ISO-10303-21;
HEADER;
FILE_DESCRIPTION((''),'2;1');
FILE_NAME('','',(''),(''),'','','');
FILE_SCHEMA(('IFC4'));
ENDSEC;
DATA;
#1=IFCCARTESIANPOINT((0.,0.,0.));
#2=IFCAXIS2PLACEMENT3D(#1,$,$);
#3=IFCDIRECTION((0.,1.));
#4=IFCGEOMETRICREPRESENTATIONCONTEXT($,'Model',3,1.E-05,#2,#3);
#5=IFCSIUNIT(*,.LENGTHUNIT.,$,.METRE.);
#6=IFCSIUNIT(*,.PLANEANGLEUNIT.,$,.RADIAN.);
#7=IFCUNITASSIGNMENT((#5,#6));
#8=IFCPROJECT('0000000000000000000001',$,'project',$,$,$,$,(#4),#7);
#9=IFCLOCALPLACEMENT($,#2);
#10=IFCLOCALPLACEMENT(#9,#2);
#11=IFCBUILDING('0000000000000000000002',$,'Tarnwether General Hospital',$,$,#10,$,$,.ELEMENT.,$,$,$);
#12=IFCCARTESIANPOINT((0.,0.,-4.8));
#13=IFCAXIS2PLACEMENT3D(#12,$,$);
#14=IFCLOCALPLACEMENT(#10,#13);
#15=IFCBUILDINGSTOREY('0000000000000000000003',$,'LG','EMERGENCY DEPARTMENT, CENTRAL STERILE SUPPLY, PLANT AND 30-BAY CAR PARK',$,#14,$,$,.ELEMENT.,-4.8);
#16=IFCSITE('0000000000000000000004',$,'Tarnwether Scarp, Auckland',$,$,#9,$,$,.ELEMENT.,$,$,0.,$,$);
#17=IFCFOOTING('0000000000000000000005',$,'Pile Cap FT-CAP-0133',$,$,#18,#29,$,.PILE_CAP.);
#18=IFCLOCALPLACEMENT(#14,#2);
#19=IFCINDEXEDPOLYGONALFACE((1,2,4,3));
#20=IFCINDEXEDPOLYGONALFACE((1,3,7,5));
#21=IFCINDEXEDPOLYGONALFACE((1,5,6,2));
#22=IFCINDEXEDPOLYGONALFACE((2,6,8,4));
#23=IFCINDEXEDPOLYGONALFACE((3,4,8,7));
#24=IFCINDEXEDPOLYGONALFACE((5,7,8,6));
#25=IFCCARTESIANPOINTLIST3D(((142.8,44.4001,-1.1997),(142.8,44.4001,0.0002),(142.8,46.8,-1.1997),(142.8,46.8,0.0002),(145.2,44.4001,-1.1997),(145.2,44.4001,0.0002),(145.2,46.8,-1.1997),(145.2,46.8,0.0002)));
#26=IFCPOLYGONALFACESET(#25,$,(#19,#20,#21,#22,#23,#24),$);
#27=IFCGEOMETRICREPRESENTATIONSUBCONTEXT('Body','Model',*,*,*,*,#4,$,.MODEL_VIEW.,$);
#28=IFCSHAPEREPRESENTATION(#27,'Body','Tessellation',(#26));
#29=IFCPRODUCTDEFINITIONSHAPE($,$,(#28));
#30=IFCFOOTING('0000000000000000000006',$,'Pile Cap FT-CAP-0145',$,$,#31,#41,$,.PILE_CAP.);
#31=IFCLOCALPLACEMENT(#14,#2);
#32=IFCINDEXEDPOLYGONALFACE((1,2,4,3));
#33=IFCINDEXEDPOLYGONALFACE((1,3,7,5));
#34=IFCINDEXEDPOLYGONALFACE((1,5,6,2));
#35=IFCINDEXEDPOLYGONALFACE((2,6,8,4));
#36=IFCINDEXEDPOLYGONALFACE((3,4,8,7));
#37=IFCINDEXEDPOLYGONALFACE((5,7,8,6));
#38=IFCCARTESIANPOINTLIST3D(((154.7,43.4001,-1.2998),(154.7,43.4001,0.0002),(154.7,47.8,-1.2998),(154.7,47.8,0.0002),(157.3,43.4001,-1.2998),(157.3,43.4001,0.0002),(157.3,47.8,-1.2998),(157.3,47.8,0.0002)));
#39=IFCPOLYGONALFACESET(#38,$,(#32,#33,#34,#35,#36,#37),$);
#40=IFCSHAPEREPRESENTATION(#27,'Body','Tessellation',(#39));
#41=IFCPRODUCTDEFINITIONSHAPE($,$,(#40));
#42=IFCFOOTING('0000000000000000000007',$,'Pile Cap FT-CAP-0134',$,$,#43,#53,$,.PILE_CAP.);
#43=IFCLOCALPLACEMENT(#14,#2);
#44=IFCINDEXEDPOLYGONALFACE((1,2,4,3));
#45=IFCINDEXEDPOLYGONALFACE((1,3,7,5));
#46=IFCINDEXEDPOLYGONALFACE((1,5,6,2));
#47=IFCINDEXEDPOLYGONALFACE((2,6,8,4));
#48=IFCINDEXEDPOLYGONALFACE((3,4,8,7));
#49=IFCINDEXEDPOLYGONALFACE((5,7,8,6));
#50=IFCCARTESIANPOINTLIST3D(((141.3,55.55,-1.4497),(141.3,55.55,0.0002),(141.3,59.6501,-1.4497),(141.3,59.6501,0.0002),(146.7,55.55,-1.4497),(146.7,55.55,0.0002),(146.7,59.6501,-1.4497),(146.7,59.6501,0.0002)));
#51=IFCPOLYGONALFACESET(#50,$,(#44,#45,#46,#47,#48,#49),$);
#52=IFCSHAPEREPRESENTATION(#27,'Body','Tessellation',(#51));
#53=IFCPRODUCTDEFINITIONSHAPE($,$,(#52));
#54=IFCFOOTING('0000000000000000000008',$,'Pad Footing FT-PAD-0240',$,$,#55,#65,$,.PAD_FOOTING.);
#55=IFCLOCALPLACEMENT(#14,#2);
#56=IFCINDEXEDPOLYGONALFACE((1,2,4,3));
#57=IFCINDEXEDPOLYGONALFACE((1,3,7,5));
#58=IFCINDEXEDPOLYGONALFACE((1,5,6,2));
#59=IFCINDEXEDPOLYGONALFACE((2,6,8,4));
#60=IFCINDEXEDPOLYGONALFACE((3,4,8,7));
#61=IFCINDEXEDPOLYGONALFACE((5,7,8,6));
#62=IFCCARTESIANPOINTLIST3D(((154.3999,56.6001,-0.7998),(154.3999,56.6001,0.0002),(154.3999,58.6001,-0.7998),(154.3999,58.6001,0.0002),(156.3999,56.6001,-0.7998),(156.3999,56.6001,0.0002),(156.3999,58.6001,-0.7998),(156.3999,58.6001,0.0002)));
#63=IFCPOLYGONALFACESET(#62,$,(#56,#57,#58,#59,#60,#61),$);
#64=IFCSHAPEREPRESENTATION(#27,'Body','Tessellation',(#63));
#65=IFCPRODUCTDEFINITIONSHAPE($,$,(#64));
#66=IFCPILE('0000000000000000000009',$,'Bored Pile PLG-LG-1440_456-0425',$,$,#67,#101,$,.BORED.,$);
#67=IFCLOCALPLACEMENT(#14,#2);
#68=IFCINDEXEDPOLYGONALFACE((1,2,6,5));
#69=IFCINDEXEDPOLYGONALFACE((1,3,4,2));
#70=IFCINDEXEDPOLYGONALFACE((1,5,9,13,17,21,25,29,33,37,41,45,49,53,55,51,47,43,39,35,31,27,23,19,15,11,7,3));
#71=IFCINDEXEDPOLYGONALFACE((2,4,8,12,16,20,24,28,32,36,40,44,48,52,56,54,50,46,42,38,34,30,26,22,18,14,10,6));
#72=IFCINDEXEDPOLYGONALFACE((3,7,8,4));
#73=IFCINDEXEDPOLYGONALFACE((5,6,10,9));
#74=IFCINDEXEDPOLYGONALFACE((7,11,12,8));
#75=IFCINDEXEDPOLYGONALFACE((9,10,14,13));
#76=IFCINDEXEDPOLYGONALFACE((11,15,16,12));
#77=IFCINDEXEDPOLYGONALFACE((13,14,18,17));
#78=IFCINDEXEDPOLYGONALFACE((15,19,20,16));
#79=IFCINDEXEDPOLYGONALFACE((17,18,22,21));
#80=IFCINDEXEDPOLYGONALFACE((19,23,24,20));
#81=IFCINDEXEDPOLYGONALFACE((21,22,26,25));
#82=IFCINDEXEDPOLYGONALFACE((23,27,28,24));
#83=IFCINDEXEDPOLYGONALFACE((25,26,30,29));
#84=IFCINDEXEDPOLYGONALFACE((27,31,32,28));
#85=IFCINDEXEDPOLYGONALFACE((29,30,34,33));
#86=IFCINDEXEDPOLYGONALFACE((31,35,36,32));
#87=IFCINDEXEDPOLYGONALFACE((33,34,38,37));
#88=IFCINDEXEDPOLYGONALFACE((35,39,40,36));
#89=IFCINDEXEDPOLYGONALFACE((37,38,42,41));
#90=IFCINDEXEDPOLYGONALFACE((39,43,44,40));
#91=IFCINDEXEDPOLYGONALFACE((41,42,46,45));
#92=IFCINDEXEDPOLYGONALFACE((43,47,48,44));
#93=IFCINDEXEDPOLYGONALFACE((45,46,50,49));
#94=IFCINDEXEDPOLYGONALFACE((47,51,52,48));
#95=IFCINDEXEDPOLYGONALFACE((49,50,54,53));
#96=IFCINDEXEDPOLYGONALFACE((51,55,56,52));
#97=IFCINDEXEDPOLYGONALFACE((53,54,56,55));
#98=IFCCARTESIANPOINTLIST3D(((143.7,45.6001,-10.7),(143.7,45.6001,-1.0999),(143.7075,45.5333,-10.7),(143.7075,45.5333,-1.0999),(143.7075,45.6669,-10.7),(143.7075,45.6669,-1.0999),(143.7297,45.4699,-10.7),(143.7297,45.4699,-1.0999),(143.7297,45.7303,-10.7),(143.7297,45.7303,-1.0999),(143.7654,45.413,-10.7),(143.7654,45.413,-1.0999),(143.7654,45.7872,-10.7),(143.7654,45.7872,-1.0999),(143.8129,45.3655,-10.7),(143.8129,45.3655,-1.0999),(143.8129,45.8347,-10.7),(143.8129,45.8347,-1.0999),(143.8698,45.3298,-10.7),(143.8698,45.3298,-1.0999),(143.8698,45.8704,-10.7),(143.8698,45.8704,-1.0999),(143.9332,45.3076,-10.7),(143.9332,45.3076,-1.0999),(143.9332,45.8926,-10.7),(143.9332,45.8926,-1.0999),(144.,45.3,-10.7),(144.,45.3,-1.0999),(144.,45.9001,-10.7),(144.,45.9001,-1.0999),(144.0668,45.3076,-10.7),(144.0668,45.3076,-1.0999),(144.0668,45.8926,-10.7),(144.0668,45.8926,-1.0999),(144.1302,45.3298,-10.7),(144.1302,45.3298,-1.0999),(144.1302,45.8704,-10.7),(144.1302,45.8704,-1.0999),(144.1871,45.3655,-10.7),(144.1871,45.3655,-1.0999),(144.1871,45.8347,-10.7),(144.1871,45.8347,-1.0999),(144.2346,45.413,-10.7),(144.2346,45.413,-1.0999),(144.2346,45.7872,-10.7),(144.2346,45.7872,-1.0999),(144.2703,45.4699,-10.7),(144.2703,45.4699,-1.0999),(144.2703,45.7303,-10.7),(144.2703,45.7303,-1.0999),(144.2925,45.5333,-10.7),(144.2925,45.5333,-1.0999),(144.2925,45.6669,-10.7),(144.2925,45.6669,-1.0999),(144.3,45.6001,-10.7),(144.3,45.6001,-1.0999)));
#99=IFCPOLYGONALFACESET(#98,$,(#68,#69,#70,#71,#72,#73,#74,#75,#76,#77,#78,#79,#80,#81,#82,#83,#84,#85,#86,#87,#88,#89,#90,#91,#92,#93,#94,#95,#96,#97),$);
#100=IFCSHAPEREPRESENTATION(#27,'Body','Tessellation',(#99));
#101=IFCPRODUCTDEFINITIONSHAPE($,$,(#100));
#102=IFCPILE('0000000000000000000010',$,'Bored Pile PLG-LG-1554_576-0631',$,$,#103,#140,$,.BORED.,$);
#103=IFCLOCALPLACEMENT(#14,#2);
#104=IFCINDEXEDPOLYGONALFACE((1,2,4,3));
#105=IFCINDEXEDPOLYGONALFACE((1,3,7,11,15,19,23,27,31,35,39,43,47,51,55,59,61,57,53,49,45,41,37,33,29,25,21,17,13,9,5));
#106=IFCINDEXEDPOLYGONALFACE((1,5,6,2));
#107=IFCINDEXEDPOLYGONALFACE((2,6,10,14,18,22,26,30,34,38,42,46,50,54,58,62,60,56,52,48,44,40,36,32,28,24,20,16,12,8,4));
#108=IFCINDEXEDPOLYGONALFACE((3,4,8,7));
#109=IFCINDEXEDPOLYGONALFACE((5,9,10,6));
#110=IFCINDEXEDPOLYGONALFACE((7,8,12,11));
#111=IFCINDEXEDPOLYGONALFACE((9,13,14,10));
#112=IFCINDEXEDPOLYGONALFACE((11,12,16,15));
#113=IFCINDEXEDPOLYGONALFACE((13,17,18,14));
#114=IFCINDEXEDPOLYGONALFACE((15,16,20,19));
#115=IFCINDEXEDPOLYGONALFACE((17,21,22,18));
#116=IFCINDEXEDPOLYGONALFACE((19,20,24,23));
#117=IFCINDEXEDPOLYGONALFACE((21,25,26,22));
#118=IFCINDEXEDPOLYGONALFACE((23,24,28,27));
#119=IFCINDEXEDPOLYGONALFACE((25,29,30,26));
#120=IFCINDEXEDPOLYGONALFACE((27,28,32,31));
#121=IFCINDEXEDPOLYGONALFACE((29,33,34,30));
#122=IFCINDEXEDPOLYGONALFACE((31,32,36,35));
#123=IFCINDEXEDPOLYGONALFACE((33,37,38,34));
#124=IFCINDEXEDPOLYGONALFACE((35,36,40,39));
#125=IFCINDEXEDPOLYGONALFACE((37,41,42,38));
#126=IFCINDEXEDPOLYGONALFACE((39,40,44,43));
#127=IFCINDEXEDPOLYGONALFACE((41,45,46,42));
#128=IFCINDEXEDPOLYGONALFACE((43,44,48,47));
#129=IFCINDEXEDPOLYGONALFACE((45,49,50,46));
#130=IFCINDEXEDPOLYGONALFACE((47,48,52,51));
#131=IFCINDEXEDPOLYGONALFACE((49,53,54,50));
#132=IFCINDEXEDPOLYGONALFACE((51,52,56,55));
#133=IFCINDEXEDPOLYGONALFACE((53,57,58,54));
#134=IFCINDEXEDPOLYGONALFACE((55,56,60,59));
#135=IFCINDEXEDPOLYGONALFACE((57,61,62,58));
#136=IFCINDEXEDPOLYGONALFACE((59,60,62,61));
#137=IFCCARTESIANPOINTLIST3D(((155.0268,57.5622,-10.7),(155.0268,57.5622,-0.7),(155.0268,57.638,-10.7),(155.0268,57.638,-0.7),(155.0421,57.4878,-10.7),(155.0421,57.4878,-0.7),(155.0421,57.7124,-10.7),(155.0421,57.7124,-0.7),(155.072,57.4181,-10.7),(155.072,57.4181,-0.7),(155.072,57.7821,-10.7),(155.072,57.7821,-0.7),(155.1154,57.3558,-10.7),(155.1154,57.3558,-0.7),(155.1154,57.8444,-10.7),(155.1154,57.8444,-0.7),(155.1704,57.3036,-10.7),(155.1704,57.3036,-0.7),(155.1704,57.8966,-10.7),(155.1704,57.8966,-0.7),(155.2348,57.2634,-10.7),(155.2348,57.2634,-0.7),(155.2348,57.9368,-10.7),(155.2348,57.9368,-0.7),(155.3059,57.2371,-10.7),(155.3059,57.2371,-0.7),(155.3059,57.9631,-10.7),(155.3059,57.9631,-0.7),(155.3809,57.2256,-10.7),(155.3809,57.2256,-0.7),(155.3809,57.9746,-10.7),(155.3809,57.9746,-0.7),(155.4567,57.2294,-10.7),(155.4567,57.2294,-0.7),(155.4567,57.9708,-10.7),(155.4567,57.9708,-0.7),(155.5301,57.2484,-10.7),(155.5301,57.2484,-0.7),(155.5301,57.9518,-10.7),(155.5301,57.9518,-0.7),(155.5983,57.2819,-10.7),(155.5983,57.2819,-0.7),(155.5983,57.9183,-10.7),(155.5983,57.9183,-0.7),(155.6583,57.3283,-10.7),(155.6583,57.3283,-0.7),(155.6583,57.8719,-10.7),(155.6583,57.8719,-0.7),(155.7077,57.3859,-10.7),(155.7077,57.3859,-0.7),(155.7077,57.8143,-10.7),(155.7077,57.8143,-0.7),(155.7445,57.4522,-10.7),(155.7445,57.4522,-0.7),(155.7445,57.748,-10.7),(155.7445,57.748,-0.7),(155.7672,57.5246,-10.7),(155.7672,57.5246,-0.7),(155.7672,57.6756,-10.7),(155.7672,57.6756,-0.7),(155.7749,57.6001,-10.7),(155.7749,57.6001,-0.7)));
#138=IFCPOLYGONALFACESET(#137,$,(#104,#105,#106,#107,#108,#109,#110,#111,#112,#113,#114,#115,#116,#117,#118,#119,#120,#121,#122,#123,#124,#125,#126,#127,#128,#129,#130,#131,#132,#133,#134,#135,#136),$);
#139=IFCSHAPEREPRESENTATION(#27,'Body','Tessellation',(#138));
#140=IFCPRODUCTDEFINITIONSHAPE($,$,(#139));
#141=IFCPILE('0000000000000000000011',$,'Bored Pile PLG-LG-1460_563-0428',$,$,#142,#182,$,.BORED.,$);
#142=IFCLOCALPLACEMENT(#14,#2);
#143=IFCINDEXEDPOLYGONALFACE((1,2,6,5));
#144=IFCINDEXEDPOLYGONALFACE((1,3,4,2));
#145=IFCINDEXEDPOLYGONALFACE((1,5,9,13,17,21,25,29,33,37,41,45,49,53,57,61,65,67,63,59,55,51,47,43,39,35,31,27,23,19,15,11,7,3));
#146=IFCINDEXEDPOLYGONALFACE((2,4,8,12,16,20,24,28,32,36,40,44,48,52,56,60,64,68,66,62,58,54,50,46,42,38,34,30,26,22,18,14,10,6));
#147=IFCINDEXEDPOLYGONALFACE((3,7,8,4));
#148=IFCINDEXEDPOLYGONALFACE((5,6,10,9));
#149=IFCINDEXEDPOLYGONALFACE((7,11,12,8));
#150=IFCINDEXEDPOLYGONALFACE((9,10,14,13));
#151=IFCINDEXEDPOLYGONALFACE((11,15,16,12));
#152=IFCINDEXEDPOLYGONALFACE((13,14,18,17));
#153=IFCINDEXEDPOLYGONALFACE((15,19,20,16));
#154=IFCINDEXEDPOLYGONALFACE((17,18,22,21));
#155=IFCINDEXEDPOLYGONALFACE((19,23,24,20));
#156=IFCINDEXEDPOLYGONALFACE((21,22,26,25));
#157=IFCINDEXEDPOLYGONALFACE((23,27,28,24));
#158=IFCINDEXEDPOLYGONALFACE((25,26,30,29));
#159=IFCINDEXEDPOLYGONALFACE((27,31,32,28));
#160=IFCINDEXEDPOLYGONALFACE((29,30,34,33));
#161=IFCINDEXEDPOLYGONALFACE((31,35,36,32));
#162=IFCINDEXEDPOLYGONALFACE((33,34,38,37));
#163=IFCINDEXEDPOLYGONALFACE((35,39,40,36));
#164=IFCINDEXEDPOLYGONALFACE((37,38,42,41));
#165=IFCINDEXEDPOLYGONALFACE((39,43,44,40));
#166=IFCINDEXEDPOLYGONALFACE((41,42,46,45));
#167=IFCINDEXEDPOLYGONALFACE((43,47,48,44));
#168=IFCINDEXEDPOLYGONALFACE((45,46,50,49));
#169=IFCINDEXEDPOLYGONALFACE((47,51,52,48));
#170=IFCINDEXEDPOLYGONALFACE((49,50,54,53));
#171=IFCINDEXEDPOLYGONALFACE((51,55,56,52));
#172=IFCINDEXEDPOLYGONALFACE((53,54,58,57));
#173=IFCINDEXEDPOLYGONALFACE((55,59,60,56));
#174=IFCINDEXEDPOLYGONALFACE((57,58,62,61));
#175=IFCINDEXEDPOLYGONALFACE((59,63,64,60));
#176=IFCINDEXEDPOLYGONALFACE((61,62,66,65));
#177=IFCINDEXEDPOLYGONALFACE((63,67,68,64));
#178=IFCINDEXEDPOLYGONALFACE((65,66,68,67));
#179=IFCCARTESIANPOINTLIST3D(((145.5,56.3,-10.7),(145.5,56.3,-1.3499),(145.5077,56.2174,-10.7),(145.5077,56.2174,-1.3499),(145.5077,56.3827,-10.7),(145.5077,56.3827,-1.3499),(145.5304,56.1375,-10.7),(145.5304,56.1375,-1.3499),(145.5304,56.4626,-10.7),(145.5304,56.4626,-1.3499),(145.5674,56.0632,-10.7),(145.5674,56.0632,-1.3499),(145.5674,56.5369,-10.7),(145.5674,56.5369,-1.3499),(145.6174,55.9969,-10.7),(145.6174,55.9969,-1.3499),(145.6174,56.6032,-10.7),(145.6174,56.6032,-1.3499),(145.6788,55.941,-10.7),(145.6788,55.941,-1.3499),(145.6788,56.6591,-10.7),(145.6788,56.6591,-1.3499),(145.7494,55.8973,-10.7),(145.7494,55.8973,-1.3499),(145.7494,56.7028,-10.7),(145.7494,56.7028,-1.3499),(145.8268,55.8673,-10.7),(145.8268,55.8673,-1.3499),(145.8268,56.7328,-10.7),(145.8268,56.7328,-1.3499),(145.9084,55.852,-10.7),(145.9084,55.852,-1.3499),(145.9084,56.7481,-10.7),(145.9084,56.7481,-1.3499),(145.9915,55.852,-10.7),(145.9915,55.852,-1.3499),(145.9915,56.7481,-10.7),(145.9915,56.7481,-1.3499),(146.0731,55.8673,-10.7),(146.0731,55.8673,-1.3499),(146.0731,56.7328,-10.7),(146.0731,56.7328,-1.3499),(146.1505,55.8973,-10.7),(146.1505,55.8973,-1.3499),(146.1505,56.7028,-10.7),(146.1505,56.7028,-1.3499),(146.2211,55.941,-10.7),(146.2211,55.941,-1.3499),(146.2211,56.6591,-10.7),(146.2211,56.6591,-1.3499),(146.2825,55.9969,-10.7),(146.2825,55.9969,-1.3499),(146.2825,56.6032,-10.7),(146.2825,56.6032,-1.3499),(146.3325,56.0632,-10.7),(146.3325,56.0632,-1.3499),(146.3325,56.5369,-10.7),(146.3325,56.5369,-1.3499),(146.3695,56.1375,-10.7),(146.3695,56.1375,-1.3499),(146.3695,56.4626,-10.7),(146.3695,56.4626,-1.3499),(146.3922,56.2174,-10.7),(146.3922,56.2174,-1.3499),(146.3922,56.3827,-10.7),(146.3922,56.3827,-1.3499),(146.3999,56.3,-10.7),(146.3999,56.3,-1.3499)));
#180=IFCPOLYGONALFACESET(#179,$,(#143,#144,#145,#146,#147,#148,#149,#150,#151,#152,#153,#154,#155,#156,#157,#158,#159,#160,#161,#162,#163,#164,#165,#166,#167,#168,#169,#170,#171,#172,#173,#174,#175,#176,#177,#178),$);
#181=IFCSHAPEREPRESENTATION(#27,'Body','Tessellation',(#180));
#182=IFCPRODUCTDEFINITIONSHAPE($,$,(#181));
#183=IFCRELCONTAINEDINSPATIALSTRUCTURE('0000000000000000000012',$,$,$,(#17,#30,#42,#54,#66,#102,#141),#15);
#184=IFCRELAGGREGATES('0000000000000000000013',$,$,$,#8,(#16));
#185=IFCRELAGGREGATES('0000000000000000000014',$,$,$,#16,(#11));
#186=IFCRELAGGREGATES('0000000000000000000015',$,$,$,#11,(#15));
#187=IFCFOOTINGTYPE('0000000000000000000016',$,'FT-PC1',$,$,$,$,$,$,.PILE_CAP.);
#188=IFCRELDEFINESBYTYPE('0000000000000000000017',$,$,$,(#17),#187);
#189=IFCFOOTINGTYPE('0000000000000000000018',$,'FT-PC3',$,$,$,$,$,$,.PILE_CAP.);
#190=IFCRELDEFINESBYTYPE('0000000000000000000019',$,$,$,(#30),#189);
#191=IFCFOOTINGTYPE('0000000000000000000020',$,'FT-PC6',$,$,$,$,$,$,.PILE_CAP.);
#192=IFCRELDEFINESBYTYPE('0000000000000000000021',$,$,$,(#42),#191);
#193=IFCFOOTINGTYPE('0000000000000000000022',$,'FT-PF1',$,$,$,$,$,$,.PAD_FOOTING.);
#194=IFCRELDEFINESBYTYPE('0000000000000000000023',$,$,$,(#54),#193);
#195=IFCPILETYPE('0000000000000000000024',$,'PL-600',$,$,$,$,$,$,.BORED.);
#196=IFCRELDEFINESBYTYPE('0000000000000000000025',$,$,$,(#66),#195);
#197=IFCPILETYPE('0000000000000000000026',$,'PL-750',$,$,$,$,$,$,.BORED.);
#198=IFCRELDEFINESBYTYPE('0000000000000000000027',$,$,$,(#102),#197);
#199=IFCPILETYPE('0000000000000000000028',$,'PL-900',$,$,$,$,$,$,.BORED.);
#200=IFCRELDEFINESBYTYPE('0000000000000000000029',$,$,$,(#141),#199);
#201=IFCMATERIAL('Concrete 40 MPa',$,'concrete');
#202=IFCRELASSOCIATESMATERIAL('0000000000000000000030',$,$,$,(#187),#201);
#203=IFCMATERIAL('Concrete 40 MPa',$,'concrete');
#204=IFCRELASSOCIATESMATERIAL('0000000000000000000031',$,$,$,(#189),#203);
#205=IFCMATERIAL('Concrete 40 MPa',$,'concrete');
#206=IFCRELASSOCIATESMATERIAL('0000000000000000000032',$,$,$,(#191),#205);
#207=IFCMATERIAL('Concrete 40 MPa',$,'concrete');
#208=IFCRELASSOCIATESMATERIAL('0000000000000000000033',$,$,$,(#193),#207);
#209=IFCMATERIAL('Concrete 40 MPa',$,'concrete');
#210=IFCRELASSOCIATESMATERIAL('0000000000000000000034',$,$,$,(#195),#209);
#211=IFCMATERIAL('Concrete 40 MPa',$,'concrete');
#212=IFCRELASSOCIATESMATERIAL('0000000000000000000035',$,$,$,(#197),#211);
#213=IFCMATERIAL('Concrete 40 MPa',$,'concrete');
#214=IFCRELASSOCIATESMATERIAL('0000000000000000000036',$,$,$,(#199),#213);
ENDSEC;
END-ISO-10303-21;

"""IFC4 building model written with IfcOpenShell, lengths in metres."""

from ifc_helpers import new_model, si_unit, direction, frame, origin, origin_2d, place, context, subcontext, project, spatial, rectangle, circle, extrude, material, material_profile, profile_set, type_object, element, save


model = new_model("IFC4")

# Units and contexts
model_context = context("Model", 3, precision=1e-05, world=origin(), true_north=direction((0.0, 1.0)))
body_context = subcontext(model_context, "Body", "Model", "MODEL_VIEW")
ifc_project = project(units=[si_unit("LENGTHUNIT", "METRE"), si_unit("PLANEANGLEUNIT", "RADIAN")], contexts=[model_context])

# Site, building, storey
site_placement = place(None, origin())
site = spatial("IfcSite", under=ifc_project, at=site_placement, Name="Tarnwether Scarp, Auckland", CompositionType="ELEMENT", RefElevation=0.0)
building_placement = place(site_placement, origin())
building = spatial("IfcBuilding", under=site, at=building_placement, Name="Tarnwether General Hospital", CompositionType="ELEMENT")
storey_placement = place(building_placement, frame((0.0, 0.0, -4.8)))
storey = spatial("IfcBuildingStorey", under=building, at=storey_placement, Name="LG", Description="EMERGENCY DEPARTMENT, CENTRAL STERILE SUPPLY, PLANT AND 30-BAY CAR PARK", CompositionType="ELEMENT", Elevation=-4.8)

# Footings
ifc_material_1 = material(Name="Concrete 40 MPa", Category="concrete")
footing_type_1 = type_object("IfcFootingType", Name="FT-PC1", PredefinedType="PILE_CAP", material=ifc_material_1)
footing_1_placement = place(storey_placement, frame((144.0, 45.6001, -1.1997), z_axis=(0.0, 0.0, 1.0), x_axis=(1.0, 0.0, 0.0)))
element("IfcFooting", 1, at=footing_1_placement, inside=storey, type_object=footing_type_1, Name="Pile Cap FT-CAP-0133", PredefinedType="PILE_CAP", context=body_context, shape_type="SweptSolid", body=[
    extrude(rectangle(XDim=2.3999, YDim=2.3999, at=origin_2d()), origin(), (0.0, 0.0, 1.0), 1.2),
])
ifc_material_2 = material(Name="Concrete 40 MPa", Category="concrete")
footing_type_2 = type_object("IfcFootingType", Name="FT-PC3", PredefinedType="PILE_CAP", material=ifc_material_2)
footing_2_placement = place(storey_placement, frame((156.0, 45.6001, -1.2998), z_axis=(0.0, 0.0, 1.0), x_axis=(0.0, 1.0, 0.0)))
element("IfcFooting", 2, at=footing_2_placement, inside=storey, type_object=footing_type_2, Name="Pile Cap FT-CAP-0145", PredefinedType="PILE_CAP", context=body_context, shape_type="SweptSolid", body=[
    extrude(rectangle(XDim=4.3999, YDim=2.6001, at=origin_2d()), origin(), (0.0, 0.0, 1.0), 1.3),
])
ifc_material_3 = material(Name="Concrete 40 MPa", Category="concrete")
footing_type_3 = type_object("IfcFootingType", Name="FT-PC6", PredefinedType="PILE_CAP", material=ifc_material_3)
footing_3_placement = place(storey_placement, frame((144.0, 57.6001, -1.4497), z_axis=(0.0, 0.0, 1.0), x_axis=(1.0, 0.0, 0.0)))
element("IfcFooting", 3, at=footing_3_placement, inside=storey, type_object=footing_type_3, Name="Pile Cap FT-CAP-0134", PredefinedType="PILE_CAP", context=body_context, shape_type="SweptSolid", body=[
    extrude(rectangle(XDim=5.3999, YDim=4.1001, at=origin_2d()), origin(), (0.0, 0.0, 1.0), 1.45),
])
ifc_material_4 = material(Name="Concrete 40 MPa", Category="concrete")
footing_type_4 = type_object("IfcFootingType", Name="FT-PF1", PredefinedType="PAD_FOOTING", material=ifc_material_4)
footing_4_placement = place(storey_placement, frame((155.3999, 57.6001, -0.7998), z_axis=(0.0, 0.0, 1.0), x_axis=(1.0, 0.0, 0.0)))
element("IfcFooting", 4, at=footing_4_placement, inside=storey, type_object=footing_type_4, Name="Pad Footing FT-PAD-0240", PredefinedType="PAD_FOOTING", context=body_context, shape_type="SweptSolid", body=[
    extrude(rectangle(XDim=2.0, YDim=2.0, at=origin_2d()), origin(), (0.0, 0.0, 1.0), 0.8),
])

# Piles
ifc_material_5 = material(Name="Concrete 40 MPa", Category="concrete")
ifc_material_profile_1 = material_profile(ifc_material_5, circle(Radius=0.3, at=origin_2d()), Name="PILE-D600")
ifc_profile_set_1 = profile_set([ifc_material_profile_1], Name="Concrete 40 MPa")
pile_type_1 = type_object("IfcPileType", Name="PL-600", PredefinedType="BORED", material=ifc_profile_set_1)
pile_1_placement = place(storey_placement, frame((144.0, 45.6001, -1.0999), z_axis=(0.0, 0.0, -1.0), x_axis=(1.0, 0.0, 0.0)))
element("IfcPile", 5, at=pile_1_placement, inside=storey, type_object=pile_type_1, Name="Bored Pile PLG-LG-1440_456-0425", PredefinedType="BORED", context=body_context, shape_type="SweptSolid", body=[
    extrude(circle(Radius=0.3, at=origin_2d()), origin(), (0.0, 0.0, 1.0), 9.6001),
])
ifc_material_6 = material(Name="Concrete 40 MPa", Category="concrete")
ifc_material_profile_2 = material_profile(ifc_material_6, circle(Radius=0.375, at=origin_2d()), Name="PILE-D750")
ifc_profile_set_2 = profile_set([ifc_material_profile_2], Name="Concrete 40 MPa")
pile_type_2 = type_object("IfcPileType", Name="PL-750", PredefinedType="BORED", material=ifc_profile_set_2)
pile_2_placement = place(storey_placement, frame((155.3999, 57.6001, -0.7), z_axis=(0.0, 0.0, -1.0), x_axis=(1.0, 0.0, 0.0)))
element("IfcPile", 6, at=pile_2_placement, inside=storey, type_object=pile_type_2, Name="Bored Pile PLG-LG-1554_576-0631", PredefinedType="BORED", context=body_context, shape_type="SweptSolid", body=[
    extrude(circle(Radius=0.375, at=origin_2d()), origin(), (0.0, 0.0, 1.0), 10.0),
])
ifc_material_7 = material(Name="Concrete 40 MPa", Category="concrete")
ifc_material_profile_3 = material_profile(ifc_material_7, circle(Radius=0.45, at=origin_2d()), Name="PILE-D900")
ifc_profile_set_3 = profile_set([ifc_material_profile_3], Name="Concrete 40 MPa")
pile_type_3 = type_object("IfcPileType", Name="PL-900", PredefinedType="BORED", material=ifc_profile_set_3)
for number, where, z_axis, x_axis, name in (
    (7, (145.95, 56.3, -1.3499), (0.0, 0.0, -1.0), (1.0, 0.0, 0.0), "Bored Pile PLG-LG-1460_563-0428"),
):
    element("IfcPile", number, at=place(storey_placement, frame(where, z_axis=z_axis, x_axis=x_axis)), inside=storey, type_object=pile_type_3, Name=name, PredefinedType="BORED", context=body_context, shape_type="SweptSolid", body=[
        extrude(circle(Radius=0.45, at=origin_2d()), origin(), (0.0, 0.0, 1.0), 9.3501),
    ])

save(model, "model.ifc")
